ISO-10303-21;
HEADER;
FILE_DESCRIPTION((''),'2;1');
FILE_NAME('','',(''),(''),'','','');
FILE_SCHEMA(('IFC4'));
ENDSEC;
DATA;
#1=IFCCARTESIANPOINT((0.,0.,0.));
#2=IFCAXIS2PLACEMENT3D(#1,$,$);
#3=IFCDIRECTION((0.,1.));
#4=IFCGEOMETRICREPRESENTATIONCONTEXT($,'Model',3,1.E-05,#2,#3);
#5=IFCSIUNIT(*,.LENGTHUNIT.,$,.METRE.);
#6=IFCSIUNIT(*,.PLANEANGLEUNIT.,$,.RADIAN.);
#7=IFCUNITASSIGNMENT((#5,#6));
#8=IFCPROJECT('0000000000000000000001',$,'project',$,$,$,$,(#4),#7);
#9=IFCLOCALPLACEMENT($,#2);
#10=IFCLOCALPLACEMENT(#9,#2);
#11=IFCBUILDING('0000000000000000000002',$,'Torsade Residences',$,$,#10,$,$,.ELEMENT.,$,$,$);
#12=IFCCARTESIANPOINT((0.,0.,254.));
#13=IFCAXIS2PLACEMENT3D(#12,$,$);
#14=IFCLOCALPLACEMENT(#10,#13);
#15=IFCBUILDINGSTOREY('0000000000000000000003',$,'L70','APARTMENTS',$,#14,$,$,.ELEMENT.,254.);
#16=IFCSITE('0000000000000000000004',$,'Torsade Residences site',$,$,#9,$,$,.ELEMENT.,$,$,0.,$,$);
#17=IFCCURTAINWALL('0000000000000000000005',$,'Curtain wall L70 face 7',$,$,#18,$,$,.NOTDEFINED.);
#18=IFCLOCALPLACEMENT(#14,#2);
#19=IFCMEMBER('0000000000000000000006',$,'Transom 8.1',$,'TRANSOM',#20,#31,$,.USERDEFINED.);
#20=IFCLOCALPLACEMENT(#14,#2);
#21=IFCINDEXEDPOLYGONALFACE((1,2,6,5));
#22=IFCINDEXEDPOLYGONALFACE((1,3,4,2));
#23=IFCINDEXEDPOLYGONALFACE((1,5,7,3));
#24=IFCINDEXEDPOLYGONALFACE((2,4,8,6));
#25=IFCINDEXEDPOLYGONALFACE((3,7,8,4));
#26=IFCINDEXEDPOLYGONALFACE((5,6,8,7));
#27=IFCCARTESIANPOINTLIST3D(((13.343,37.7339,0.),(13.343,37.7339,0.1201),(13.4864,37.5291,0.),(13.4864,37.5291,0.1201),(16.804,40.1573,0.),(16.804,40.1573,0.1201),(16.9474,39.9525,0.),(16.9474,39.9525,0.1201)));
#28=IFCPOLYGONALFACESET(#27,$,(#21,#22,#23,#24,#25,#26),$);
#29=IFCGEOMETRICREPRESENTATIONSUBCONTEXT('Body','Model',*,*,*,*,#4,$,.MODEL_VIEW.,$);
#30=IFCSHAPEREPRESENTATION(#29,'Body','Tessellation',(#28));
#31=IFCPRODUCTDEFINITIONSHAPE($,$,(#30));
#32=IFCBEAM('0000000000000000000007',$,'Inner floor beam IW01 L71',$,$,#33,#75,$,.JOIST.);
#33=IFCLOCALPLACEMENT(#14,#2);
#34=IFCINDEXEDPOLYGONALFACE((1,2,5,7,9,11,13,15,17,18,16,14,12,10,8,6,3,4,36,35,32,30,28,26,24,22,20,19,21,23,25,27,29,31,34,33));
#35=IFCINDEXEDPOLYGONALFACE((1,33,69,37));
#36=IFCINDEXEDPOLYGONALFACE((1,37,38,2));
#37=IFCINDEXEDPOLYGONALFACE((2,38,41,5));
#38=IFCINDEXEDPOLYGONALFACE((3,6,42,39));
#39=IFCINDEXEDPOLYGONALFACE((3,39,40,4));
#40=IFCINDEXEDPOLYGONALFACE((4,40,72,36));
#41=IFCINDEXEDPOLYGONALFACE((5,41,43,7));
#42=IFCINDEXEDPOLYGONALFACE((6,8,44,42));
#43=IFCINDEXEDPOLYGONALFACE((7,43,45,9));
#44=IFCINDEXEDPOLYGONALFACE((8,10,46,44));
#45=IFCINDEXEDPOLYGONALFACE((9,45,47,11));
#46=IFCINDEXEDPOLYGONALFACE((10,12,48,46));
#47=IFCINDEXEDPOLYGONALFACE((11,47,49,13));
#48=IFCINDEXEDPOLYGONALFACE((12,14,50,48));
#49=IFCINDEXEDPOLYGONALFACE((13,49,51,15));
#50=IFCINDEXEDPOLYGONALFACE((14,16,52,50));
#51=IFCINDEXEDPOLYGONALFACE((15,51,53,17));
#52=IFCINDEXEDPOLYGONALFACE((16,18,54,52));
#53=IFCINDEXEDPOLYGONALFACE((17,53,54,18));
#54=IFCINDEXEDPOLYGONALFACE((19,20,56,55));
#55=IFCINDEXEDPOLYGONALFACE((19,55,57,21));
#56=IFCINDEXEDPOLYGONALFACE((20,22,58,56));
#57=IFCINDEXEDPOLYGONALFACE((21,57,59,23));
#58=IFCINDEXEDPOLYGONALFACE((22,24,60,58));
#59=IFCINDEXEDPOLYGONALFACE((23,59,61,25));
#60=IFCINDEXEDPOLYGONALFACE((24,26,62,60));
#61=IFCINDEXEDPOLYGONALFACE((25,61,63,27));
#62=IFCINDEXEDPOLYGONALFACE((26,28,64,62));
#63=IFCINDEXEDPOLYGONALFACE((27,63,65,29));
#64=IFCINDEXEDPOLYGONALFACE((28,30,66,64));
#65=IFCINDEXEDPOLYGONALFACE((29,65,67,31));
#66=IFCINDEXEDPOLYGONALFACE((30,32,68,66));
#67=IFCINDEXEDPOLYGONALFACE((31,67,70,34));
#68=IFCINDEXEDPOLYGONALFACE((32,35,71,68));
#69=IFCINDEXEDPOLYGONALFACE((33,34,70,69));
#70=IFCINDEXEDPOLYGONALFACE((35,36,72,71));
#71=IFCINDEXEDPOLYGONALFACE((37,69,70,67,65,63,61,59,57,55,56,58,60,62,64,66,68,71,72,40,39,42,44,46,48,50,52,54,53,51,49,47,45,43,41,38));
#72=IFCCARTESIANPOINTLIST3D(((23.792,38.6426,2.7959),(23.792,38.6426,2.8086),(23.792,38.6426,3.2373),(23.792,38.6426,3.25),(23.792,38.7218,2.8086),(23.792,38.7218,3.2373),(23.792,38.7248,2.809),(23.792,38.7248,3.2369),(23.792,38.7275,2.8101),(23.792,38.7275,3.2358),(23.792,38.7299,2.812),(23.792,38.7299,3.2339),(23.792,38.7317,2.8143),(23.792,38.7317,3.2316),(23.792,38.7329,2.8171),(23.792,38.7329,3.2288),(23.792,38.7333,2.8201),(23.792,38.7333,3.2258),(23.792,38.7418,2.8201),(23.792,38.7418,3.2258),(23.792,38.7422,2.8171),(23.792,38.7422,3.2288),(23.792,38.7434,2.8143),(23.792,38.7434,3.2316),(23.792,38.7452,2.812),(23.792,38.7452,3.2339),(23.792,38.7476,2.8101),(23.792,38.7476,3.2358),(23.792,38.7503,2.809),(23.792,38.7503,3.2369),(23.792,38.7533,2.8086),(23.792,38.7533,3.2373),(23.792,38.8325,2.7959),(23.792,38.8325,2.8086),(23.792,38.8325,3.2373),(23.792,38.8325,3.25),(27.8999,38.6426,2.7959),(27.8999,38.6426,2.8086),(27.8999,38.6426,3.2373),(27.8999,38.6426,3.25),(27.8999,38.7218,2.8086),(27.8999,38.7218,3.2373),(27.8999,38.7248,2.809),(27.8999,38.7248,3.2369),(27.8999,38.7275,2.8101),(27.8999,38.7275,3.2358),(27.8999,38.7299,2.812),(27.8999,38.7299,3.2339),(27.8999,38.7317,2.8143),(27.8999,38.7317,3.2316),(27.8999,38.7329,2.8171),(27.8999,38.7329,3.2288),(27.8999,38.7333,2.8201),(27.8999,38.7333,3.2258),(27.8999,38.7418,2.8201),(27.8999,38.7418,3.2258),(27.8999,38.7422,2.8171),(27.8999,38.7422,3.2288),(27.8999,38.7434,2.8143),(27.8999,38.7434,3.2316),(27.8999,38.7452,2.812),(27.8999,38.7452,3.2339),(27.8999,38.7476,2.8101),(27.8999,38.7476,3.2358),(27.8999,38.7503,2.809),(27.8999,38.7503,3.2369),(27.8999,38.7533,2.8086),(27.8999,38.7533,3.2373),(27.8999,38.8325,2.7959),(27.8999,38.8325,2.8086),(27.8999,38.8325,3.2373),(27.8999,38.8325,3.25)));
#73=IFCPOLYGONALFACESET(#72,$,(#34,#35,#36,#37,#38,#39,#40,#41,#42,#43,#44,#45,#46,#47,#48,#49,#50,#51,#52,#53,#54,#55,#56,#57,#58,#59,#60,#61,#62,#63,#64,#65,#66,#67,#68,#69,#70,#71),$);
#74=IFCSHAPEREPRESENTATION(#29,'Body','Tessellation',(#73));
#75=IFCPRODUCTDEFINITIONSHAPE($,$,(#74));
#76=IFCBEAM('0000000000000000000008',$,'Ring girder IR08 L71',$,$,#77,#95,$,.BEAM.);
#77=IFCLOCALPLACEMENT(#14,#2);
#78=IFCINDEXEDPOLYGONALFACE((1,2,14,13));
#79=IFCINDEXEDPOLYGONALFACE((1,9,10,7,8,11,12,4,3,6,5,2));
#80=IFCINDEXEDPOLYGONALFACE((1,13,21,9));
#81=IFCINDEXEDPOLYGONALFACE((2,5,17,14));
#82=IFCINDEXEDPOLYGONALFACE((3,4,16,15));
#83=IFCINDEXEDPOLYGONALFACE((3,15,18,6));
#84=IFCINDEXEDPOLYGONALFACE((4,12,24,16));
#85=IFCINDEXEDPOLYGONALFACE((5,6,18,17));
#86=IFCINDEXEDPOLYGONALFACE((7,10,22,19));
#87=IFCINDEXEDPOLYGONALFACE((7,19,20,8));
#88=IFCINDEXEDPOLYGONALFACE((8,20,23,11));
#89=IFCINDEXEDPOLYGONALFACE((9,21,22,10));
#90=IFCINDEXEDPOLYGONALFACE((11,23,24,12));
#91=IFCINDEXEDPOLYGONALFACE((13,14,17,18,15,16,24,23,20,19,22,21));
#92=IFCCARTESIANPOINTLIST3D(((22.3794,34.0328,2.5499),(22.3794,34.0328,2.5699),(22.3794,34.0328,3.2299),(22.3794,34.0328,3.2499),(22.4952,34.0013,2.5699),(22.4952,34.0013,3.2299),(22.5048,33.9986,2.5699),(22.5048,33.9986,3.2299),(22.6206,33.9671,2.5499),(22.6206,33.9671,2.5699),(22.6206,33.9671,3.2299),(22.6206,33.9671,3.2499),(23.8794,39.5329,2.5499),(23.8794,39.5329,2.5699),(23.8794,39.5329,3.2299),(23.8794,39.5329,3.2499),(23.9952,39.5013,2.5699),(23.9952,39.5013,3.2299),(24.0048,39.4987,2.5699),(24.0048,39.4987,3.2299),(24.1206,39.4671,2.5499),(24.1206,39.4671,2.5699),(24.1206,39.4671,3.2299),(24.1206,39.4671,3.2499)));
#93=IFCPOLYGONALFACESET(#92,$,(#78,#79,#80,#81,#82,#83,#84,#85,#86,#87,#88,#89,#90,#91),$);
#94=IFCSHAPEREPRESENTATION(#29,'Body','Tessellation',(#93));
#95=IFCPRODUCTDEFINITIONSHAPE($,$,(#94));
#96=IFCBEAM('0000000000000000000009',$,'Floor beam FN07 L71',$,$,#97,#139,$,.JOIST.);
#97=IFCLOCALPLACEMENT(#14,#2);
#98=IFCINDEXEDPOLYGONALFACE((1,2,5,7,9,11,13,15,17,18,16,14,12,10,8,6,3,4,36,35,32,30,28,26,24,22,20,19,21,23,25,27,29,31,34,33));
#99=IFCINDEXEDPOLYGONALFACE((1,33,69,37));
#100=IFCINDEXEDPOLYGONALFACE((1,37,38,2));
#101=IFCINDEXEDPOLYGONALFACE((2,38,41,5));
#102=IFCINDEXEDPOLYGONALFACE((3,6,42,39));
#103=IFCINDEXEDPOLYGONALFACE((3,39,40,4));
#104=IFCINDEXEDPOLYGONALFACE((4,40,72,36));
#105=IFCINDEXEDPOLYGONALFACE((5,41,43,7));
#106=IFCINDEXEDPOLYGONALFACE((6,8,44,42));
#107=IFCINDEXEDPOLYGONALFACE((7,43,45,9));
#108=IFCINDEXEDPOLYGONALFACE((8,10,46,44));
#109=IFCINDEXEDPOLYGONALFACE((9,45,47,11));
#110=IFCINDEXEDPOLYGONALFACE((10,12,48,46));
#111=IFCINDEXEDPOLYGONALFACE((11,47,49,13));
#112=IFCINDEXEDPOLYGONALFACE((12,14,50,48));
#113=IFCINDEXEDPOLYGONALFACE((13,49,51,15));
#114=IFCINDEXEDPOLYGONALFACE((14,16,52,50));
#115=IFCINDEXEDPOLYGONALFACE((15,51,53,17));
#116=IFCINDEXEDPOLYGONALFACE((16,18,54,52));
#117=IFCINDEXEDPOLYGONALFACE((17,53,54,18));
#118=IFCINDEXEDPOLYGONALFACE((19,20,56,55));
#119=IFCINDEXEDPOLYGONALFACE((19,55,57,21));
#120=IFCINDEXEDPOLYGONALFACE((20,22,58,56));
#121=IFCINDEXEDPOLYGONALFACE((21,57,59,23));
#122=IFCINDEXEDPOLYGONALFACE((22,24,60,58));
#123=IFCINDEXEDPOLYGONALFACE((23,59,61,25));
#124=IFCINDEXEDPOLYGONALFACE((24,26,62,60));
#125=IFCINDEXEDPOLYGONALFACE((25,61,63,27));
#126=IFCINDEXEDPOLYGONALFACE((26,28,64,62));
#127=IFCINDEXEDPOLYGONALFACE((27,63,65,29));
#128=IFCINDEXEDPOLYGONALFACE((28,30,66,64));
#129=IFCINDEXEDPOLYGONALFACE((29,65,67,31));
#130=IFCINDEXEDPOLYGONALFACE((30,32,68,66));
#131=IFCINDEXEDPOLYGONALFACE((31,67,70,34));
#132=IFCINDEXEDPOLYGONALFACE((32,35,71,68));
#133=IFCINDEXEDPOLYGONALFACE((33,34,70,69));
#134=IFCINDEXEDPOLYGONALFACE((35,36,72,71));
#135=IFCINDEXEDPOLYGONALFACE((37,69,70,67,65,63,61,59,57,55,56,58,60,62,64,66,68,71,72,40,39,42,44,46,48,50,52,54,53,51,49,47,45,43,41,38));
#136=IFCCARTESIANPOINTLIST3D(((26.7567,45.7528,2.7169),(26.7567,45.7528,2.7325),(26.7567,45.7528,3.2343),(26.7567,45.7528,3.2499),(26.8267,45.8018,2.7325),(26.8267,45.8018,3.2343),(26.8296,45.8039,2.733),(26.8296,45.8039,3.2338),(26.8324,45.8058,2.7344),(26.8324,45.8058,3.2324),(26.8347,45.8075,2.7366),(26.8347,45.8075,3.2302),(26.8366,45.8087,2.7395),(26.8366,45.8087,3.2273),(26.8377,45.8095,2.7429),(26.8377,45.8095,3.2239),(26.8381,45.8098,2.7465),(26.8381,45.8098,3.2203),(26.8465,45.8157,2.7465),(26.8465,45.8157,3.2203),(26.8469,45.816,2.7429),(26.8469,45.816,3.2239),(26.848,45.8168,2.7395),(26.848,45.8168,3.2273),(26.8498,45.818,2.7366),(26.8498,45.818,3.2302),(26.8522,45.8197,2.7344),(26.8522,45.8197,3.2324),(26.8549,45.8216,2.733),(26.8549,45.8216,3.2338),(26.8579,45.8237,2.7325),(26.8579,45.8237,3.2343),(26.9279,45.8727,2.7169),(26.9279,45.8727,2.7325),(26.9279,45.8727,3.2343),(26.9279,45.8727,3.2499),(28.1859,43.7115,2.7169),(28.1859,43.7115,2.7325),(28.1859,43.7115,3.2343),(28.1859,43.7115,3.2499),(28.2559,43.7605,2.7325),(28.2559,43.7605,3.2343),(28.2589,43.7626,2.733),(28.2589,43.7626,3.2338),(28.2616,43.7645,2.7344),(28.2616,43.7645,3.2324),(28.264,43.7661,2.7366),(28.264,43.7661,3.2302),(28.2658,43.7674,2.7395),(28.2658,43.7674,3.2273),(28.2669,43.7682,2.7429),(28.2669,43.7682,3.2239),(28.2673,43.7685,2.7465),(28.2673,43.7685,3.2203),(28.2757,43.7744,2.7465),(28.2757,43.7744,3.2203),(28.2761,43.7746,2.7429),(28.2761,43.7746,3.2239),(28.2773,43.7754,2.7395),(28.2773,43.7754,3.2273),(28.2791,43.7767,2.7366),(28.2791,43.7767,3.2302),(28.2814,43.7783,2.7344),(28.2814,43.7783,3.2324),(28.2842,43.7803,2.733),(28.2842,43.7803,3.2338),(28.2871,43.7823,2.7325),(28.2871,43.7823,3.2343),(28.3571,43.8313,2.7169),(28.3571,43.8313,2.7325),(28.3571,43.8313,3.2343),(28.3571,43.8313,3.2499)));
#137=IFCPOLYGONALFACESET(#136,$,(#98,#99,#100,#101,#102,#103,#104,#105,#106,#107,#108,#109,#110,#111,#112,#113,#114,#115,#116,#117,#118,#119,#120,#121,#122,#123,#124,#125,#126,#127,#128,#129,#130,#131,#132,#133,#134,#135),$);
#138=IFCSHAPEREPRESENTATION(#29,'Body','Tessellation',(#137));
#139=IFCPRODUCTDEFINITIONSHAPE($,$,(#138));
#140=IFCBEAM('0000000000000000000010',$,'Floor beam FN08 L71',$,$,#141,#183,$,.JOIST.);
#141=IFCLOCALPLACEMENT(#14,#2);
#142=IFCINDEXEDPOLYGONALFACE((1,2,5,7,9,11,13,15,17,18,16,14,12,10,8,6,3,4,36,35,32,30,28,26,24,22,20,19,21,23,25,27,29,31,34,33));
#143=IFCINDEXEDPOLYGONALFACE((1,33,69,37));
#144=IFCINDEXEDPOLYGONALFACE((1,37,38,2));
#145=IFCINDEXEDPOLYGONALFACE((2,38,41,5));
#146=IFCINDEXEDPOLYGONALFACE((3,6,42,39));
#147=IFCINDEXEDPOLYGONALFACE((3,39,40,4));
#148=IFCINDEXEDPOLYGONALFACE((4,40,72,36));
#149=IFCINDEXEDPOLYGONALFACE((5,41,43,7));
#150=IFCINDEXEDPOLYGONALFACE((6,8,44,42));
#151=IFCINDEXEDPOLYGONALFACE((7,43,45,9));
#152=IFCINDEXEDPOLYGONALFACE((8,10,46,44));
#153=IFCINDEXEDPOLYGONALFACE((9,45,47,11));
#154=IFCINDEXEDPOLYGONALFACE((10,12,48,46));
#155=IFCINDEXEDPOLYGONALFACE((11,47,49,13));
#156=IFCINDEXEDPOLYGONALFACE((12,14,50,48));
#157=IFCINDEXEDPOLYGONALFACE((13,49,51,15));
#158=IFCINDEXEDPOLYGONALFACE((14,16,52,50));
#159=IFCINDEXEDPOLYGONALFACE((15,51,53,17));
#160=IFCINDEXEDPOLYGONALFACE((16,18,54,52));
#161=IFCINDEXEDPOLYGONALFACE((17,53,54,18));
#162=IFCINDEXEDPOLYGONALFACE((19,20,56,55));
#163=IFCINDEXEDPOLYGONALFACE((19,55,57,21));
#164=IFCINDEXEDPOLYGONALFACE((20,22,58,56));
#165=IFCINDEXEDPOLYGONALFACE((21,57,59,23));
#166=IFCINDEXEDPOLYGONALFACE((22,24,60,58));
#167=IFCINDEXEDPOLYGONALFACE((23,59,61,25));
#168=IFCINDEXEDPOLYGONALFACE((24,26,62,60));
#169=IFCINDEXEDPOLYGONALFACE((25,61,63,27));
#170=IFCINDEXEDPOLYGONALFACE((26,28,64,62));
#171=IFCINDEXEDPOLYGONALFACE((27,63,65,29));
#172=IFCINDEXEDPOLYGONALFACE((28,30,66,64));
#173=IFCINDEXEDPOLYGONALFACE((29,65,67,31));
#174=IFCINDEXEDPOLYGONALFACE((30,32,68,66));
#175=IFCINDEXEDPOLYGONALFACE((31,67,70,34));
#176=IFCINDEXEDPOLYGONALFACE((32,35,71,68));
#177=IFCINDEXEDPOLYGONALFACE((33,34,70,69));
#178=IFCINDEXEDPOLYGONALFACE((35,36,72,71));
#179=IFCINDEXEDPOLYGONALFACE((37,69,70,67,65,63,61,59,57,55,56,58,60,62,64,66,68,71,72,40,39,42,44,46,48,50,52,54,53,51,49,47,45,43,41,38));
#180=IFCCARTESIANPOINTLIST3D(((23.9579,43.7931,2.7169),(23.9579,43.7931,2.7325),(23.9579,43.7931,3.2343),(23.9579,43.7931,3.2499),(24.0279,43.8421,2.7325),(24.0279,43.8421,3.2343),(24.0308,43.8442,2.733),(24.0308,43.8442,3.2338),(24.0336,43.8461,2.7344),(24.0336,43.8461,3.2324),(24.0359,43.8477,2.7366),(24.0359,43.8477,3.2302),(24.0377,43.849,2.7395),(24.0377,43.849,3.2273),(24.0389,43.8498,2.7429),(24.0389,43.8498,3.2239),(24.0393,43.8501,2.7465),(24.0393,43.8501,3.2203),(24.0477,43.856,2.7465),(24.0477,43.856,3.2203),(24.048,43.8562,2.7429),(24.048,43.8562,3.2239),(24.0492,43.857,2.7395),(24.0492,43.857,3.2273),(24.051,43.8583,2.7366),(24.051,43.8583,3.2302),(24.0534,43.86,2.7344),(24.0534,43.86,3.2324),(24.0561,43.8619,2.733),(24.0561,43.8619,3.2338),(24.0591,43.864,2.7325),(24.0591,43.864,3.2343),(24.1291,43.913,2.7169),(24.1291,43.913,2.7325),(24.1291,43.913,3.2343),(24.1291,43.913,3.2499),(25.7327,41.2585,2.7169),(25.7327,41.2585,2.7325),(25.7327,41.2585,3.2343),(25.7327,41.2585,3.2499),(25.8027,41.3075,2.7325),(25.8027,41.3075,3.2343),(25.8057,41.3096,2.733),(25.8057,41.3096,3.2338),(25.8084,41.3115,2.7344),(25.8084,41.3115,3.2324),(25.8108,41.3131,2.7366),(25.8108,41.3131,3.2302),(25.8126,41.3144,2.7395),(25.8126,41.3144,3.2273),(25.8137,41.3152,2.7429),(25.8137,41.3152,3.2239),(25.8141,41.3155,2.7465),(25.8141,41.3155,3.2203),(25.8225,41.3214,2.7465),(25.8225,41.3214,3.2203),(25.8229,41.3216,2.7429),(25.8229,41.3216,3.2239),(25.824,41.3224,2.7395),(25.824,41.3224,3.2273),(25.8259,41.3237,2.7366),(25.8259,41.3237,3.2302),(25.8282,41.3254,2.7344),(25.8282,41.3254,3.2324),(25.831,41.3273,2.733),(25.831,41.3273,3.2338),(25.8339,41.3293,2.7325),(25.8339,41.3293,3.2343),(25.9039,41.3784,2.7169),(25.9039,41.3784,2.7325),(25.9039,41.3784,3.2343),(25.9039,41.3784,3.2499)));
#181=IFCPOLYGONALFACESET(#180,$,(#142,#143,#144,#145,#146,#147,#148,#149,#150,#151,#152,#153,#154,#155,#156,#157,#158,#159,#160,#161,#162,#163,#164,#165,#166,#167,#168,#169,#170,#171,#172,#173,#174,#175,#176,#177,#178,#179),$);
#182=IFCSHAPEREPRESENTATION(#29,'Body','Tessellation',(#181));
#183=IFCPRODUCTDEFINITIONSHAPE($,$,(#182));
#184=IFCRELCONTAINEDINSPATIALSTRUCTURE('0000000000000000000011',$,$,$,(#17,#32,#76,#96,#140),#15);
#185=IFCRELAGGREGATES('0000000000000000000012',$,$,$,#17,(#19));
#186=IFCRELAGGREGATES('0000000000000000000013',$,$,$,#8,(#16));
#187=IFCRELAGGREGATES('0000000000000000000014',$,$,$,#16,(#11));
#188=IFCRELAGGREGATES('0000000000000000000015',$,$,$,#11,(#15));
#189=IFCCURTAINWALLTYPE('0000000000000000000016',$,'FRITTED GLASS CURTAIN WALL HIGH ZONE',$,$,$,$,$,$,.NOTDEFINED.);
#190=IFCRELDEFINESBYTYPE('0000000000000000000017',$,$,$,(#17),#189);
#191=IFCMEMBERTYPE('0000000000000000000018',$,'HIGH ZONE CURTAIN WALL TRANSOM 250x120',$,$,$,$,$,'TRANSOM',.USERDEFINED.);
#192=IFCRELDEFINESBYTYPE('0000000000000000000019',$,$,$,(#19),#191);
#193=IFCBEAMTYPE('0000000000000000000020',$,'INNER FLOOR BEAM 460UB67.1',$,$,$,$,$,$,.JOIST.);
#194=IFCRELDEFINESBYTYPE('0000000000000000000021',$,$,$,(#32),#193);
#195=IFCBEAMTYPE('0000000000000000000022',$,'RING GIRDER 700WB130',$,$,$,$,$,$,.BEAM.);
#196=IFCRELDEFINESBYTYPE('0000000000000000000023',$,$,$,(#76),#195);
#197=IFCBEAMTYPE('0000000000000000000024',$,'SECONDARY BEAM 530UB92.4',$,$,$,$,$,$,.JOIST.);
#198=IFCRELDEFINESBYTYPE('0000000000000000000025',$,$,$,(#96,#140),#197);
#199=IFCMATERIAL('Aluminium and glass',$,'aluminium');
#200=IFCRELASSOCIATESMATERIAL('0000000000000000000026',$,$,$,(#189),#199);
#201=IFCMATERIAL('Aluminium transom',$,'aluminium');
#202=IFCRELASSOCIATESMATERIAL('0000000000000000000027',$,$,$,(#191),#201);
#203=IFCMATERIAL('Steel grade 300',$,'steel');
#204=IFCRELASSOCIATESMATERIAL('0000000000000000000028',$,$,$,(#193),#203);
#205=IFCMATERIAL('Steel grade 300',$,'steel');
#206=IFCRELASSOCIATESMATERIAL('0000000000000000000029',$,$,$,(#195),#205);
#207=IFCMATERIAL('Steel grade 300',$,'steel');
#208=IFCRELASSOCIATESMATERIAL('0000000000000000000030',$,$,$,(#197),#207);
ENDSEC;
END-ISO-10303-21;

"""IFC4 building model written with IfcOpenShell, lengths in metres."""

from ifc_helpers import new_model, si_unit, direction, frame, origin, origin_2d, place, context, subcontext, project, spatial, rectangle, i_section, extrude, material, material_profile, profile_set, type_object, element, aggregate, save


model = new_model("IFC4")

# Units and contexts
model_context = context("Model", 3, precision=1e-05, world=origin(), true_north=direction((0.0, 1.0)))
body_context = subcontext(model_context, "Body", "Model", "MODEL_VIEW")
ifc_project = project(units=[si_unit("LENGTHUNIT", "METRE"), si_unit("PLANEANGLEUNIT", "RADIAN")], contexts=[model_context])

# Site, building, storey
site_placement = place(None, origin())
site = spatial("IfcSite", under=ifc_project, at=site_placement, Name="Torsade Residences site", CompositionType="ELEMENT", RefElevation=0.0)
building_placement = place(site_placement, origin())
building = spatial("IfcBuilding", under=site, at=building_placement, Name="Torsade Residences", CompositionType="ELEMENT")
storey_placement = place(building_placement, frame((0.0, 0.0, 254.0)))
storey = spatial("IfcBuildingStorey", under=building, at=storey_placement, Name="L70", Description="APARTMENTS", CompositionType="ELEMENT", Elevation=254.0)

# Curtain wall, member
ifc_material_1 = material(Name="Aluminium and glass", Category="aluminium")
curtain_wall_type = type_object("IfcCurtainWallType", Name="FRITTED GLASS CURTAIN WALL HIGH ZONE", PredefinedType="NOTDEFINED", material=ifc_material_1)
curtain_wall_placement = place(storey_placement, origin())
curtain_wall = element("IfcCurtainWall", 1, at=curtain_wall_placement, inside=storey, type_object=curtain_wall_type, Name="Curtain wall L70 face 7", PredefinedType="NOTDEFINED")
ifc_material_2 = material(Name="Aluminium transom", Category="aluminium")
ifc_material_profile_1 = material_profile(ifc_material_2, rectangle(XDim=0.25, YDim=0.1201, at=origin_2d()), Name="HIGH ZONE CURTAIN WALL TRANSOM 250x120")
ifc_profile_set_1 = profile_set([ifc_material_profile_1], Name="Aluminium transom")
member_type_1 = type_object("IfcMemberType", Name="HIGH ZONE CURTAIN WALL TRANSOM 250x120", ElementType="TRANSOM", PredefinedType="USERDEFINED", material=ifc_profile_set_1)
member_1_placement = place(storey_placement, frame((16.8757, 40.0549, 0.0601), z_axis=(-0.819156, -0.573571, 0.0), x_axis=(0.573571, -0.819156, 0.0)))
member_1 = element("IfcMember", 2, at=member_1_placement, type_object=member_type_1, Name="Transom 8.1", ObjectType="TRANSOM", PredefinedType="USERDEFINED", context=body_context, shape_type="SweptSolid", body=[
    extrude(rectangle(XDim=0.25, YDim=0.1201, at=origin_2d()), origin(), (0.0, 0.0, 1.0), 4.2251),
])

# Beams
ifc_material_3 = material(Name="Steel grade 300", Category="steel")
ifc_material_profile_2 = material_profile(ifc_material_3, i_section(OverallWidth=0.1899, OverallDepth=0.4541, WebThickness=0.0085, FlangeThickness=0.0127, FilletRadius=0.0115, at=origin_2d()), Name="460UB67.1")
ifc_profile_set_2 = profile_set([ifc_material_profile_2], Name="Steel grade 300")
beam_type_1 = type_object("IfcBeamType", Name="INNER FLOOR BEAM 460UB67.1", PredefinedType="JOIST", material=ifc_profile_set_2)
beam_1_placement = place(storey_placement, frame((27.8999, 38.7375, 3.0229), z_axis=(-1.0, 0.0, 0.0), x_axis=(0.0, -1.0, 0.0)))
element("IfcBeam", 3, at=beam_1_placement, inside=storey, type_object=beam_type_1, Name="Inner floor beam IW01 L71", PredefinedType="JOIST", context=body_context, shape_type="SweptSolid", body=[
    extrude(i_section(OverallWidth=0.1899, OverallDepth=0.4541, WebThickness=0.0085, FlangeThickness=0.0127, FilletRadius=0.0115, at=origin_2d()), origin(), (0.0, 0.0, 1.0), 4.1079),
])
ifc_material_4 = material(Name="Steel grade 300", Category="steel")
ifc_material_profile_3 = material_profile(ifc_material_4, i_section(OverallWidth=0.25, OverallDepth=0.7, WebThickness=0.01, FlangeThickness=0.02, at=origin_2d()), Name="700WB130")
ifc_profile_set_3 = profile_set([ifc_material_profile_3], Name="Steel grade 300")
beam_type_2 = type_object("IfcBeamType", Name="RING GIRDER 700WB130", PredefinedType="BEAM", material=ifc_profile_set_3)
beam_2_placement = place(storey_placement, frame((24.0, 39.5, 2.8999), z_axis=(-0.263117, -0.964764, 0.0), x_axis=(0.964764, -0.263117, 0.0)))
element("IfcBeam", 4, at=beam_2_placement, inside=storey, type_object=beam_type_2, Name="Ring girder IR08 L71", PredefinedType="BEAM", context=body_context, shape_type="SweptSolid", body=[
    extrude(i_section(OverallWidth=0.25, OverallDepth=0.7, WebThickness=0.01, FlangeThickness=0.02, at=origin_2d()), origin(), (0.0, 0.0, 1.0), 5.7009),
])
ifc_material_5 = material(Name="Steel grade 300", Category="steel")
ifc_material_profile_4 = material_profile(ifc_material_5, i_section(OverallWidth=0.209, OverallDepth=0.533, WebThickness=0.0103, FlangeThickness=0.0156, FilletRadius=0.0139, at=origin_2d()), Name="530UB92.4")
ifc_profile_set_4 = profile_set([ifc_material_profile_4], Name="Steel grade 300")
beam_type_3 = type_object("IfcBeamType", Name="SECONDARY BEAM 530UB92.4", PredefinedType="JOIST", material=ifc_profile_set_4)
beam_3_placement = place(storey_placement, frame((26.8423, 45.8127, 2.9834), z_axis=(0.573548, -0.819172, 0.0), x_axis=(0.819172, 0.573548, 0.0)))
element("IfcBeam", 5, at=beam_3_placement, inside=storey, type_object=beam_type_3, Name="Floor beam FN07 L71", PredefinedType="JOIST", context=body_context, shape_type="SweptSolid", body=[
    extrude(i_section(OverallWidth=0.209, OverallDepth=0.533, WebThickness=0.0103, FlangeThickness=0.0156, FilletRadius=0.0139, at=origin_2d()), origin(), (0.0, 0.0, 1.0), 2.4919),
])
beam_4_placement = place(storey_placement, frame((24.0435, 43.853, 2.9834), z_axis=(0.5736, -0.819136, 0.0), x_axis=(0.819136, 0.5736, 0.0)))
element("IfcBeam", 6, at=beam_4_placement, inside=storey, type_object=beam_type_3, Name="Floor beam FN08 L71", PredefinedType="JOIST", context=body_context, shape_type="SweptSolid", body=[
    extrude(i_section(OverallWidth=0.209, OverallDepth=0.533, WebThickness=0.0103, FlangeThickness=0.0156, FilletRadius=0.0139, at=origin_2d()), origin(), (0.0, 0.0, 1.0), 3.0942),
])

aggregate(curtain_wall, [member_1])

save(model, "model.ifc")
